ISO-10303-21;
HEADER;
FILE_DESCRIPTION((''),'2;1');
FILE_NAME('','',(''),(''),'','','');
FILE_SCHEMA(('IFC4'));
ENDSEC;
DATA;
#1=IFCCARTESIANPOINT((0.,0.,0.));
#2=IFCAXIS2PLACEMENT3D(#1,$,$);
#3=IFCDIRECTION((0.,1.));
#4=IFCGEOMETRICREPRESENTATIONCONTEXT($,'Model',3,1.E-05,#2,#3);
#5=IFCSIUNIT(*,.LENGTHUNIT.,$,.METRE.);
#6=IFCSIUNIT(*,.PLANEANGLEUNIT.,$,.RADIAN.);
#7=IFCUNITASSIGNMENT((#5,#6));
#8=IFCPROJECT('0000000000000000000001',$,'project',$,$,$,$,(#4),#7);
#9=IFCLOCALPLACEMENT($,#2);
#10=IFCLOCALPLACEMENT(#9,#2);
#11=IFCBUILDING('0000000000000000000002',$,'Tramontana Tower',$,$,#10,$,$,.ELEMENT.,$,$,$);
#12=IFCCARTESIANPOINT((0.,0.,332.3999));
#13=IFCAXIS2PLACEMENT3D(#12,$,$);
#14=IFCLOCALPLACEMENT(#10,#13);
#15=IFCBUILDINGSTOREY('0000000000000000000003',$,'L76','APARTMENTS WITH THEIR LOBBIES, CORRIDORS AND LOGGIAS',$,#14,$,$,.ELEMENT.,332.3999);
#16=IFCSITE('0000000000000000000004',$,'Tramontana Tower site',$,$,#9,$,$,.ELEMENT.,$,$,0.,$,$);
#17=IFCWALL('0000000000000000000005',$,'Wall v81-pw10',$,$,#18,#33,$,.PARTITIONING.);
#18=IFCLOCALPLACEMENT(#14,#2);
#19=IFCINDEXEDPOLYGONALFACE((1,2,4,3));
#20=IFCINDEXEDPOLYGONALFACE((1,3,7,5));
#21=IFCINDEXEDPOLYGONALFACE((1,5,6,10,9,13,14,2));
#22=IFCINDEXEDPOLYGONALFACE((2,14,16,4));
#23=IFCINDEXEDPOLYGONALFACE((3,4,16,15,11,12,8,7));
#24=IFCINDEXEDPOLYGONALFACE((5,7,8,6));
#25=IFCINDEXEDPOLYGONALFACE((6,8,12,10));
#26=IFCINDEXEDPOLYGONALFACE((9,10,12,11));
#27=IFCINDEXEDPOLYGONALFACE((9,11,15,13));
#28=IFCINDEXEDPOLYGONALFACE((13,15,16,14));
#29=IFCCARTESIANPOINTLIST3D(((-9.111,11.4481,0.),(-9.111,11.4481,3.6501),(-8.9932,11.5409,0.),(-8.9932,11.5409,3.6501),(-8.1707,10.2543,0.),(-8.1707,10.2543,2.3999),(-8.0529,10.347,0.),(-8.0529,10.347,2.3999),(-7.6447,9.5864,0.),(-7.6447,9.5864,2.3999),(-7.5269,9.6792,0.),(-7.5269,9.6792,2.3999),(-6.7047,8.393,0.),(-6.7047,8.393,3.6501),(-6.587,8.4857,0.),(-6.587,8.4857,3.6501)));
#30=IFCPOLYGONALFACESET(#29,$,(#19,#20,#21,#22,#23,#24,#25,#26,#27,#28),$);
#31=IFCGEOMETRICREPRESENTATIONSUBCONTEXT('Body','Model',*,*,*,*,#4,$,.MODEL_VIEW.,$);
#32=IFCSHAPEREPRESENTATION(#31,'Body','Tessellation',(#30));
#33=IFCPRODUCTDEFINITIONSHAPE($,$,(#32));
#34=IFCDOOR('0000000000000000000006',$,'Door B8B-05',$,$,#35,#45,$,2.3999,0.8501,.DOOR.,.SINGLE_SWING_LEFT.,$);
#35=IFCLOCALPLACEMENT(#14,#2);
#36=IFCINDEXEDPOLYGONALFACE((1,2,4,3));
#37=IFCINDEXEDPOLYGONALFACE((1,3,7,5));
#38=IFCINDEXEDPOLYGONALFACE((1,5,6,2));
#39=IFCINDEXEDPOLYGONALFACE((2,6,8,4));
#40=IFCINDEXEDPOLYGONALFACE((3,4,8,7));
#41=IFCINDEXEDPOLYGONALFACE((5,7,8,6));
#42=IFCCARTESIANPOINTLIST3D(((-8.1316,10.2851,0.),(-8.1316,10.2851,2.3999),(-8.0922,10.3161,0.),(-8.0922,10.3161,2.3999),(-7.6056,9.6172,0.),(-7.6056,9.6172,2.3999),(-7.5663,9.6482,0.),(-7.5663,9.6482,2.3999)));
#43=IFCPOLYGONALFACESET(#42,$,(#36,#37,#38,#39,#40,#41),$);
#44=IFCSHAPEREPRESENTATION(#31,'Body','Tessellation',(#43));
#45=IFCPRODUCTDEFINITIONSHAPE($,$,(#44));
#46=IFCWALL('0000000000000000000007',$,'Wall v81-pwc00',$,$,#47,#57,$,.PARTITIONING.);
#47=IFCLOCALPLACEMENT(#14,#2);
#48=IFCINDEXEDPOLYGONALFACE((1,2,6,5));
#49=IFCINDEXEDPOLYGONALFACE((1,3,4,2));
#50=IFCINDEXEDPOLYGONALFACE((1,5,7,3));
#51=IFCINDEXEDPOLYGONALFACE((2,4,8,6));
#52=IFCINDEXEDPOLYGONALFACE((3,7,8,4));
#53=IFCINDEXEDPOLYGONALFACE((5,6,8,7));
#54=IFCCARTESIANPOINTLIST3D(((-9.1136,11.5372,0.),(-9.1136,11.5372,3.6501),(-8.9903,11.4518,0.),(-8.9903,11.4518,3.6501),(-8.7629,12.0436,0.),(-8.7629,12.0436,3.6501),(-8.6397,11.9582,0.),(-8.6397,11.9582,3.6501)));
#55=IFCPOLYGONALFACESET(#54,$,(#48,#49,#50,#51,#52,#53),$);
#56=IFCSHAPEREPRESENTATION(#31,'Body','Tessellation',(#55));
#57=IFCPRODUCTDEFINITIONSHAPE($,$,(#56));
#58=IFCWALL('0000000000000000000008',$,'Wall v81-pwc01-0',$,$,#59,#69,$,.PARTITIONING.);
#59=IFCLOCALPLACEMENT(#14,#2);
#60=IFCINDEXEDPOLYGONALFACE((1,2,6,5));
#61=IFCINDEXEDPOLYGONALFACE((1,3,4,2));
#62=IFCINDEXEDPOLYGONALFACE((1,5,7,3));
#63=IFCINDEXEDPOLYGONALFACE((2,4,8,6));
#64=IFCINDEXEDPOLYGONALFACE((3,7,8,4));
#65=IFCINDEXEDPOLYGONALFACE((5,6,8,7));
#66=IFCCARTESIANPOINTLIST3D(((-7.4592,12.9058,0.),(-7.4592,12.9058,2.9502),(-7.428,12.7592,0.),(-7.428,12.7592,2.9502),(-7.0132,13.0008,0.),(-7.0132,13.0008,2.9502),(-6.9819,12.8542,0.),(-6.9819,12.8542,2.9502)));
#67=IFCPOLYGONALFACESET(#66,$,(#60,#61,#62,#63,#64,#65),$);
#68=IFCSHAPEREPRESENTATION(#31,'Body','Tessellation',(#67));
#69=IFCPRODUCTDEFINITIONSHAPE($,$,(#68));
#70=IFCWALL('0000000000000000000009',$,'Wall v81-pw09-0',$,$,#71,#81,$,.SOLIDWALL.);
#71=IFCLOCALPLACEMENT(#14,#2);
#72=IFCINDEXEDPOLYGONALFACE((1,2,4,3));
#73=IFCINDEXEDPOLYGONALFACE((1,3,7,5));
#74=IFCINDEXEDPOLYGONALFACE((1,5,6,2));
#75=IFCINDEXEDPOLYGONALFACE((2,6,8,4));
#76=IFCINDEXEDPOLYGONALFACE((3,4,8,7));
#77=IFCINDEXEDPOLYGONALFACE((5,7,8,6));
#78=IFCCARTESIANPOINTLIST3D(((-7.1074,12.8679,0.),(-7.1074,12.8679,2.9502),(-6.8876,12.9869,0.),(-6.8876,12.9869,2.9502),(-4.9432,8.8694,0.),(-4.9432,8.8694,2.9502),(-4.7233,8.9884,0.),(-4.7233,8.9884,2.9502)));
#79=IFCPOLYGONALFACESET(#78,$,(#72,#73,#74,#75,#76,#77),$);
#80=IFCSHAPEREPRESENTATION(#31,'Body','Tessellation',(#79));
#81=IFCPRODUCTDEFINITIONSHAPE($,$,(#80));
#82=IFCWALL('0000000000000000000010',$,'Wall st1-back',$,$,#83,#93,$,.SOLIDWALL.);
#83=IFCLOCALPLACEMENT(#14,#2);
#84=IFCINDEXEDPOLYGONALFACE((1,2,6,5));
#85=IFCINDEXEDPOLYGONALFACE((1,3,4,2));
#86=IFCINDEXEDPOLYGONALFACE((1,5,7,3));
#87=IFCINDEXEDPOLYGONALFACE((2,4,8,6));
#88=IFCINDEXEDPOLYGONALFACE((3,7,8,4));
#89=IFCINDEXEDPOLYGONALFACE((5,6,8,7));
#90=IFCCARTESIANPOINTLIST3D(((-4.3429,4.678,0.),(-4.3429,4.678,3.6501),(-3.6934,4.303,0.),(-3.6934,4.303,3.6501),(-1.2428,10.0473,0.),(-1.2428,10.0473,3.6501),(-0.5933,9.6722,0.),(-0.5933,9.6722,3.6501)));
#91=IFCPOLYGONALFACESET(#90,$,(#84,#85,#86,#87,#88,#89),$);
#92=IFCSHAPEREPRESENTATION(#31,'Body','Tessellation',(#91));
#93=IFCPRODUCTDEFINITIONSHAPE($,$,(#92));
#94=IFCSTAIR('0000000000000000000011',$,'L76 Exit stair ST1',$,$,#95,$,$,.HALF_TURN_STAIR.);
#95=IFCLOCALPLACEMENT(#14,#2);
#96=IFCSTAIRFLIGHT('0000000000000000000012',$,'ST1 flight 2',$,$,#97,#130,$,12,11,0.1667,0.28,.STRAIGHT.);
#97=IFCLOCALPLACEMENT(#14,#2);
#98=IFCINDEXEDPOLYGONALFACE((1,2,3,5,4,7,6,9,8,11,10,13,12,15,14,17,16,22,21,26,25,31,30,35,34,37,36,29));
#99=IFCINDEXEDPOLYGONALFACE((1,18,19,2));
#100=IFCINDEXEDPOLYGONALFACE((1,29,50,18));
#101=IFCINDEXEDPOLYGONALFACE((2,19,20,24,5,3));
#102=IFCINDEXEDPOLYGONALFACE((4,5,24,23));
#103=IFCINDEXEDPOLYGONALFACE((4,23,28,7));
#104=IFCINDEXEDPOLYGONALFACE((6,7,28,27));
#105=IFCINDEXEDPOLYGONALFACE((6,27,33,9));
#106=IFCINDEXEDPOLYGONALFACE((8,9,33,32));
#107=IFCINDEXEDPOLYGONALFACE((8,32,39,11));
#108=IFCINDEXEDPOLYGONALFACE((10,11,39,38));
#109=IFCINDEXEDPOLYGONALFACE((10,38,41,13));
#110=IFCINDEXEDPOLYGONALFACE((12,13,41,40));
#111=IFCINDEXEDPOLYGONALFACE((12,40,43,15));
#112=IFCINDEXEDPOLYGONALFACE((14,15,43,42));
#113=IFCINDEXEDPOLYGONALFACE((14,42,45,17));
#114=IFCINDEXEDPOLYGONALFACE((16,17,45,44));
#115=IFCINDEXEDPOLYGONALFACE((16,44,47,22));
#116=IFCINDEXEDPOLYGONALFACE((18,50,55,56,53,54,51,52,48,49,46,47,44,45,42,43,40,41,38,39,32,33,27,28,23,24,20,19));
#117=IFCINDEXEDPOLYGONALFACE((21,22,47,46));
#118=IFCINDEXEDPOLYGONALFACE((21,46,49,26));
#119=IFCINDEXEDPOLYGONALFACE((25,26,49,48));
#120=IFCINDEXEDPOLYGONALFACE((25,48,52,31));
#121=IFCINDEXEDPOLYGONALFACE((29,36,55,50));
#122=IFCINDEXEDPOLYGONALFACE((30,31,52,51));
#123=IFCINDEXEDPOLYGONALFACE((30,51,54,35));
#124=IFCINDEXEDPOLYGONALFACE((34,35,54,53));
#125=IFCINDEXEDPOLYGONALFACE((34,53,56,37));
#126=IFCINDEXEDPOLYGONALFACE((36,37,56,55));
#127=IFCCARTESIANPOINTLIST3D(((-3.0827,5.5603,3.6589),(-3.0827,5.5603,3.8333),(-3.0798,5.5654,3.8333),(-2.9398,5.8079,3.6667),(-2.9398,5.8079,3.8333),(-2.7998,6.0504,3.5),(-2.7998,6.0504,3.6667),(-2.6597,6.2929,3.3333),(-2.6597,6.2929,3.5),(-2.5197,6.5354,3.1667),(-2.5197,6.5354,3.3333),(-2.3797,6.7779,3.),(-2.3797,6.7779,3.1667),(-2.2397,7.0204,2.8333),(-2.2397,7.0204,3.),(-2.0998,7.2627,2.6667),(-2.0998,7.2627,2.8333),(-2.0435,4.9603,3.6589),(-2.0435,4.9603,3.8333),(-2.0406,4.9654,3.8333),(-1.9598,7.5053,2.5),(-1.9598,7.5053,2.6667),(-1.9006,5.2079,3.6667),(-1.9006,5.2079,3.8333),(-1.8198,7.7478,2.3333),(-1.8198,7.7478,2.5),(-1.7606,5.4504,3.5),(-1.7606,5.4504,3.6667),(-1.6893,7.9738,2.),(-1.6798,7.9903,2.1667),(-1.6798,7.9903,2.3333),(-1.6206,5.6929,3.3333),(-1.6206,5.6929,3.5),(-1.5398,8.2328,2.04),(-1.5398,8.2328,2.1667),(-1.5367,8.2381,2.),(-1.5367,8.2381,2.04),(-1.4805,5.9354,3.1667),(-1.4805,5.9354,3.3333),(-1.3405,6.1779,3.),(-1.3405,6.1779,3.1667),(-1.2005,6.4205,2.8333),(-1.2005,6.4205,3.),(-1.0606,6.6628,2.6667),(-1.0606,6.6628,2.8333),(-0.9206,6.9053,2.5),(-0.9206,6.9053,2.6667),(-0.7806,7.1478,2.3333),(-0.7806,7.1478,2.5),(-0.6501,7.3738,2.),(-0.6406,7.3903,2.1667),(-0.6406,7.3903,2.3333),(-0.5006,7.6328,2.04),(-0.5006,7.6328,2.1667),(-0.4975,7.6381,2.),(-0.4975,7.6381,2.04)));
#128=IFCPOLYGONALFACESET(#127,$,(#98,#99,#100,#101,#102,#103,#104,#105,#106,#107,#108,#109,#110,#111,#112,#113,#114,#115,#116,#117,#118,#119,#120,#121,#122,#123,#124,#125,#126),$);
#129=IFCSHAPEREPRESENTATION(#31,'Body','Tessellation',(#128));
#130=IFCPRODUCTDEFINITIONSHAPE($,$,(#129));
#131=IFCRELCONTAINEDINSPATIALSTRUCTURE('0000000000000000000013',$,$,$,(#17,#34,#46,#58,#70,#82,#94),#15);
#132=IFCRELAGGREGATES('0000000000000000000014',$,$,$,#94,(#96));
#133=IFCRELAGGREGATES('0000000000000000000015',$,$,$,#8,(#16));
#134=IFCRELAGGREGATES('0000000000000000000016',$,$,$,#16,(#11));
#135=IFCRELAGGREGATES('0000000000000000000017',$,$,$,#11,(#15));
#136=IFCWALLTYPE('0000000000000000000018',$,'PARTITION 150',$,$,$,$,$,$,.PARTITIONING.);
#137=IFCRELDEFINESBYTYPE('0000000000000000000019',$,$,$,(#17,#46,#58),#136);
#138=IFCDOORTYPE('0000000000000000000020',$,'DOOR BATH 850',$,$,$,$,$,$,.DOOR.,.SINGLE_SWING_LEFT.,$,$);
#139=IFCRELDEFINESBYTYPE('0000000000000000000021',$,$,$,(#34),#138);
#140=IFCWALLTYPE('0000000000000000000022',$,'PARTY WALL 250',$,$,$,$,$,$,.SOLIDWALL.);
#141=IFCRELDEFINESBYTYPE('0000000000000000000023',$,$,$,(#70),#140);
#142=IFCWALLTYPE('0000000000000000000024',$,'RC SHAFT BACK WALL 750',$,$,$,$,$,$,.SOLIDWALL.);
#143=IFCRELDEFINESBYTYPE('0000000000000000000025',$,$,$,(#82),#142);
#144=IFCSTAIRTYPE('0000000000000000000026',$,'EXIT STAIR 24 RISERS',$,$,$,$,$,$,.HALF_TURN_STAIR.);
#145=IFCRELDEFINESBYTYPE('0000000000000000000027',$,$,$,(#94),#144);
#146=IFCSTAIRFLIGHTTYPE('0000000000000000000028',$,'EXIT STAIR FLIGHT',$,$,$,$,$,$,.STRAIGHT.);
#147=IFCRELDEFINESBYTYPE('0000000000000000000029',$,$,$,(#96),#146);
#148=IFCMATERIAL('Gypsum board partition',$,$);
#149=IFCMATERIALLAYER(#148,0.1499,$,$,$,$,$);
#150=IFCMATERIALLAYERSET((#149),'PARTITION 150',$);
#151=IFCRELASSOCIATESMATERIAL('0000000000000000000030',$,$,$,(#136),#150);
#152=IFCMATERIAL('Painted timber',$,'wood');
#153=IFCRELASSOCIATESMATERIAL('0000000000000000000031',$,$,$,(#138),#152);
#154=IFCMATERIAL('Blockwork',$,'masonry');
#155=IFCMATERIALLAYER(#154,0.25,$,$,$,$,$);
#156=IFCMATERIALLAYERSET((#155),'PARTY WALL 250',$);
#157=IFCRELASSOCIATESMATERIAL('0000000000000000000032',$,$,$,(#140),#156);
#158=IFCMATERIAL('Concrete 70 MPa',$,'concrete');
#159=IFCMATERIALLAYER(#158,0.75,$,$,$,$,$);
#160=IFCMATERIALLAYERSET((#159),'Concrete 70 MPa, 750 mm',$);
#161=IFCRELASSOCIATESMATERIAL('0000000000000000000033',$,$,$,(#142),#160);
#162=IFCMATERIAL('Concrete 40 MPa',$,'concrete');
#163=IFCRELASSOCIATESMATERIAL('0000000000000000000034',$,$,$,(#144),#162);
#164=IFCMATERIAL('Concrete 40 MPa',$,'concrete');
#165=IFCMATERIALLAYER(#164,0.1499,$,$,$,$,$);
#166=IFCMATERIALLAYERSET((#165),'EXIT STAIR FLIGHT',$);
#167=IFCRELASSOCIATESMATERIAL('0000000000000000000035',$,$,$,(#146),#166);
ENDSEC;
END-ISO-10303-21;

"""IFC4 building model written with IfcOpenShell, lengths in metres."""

from ifc_helpers import new_model, si_unit, direction, frame, frame_2d, origin, place, context, subcontext, project, spatial, polyline, rectangle, outline, extrude, material, layer, layer_set, type_object, element, fill, aggregate, save


model = new_model("IFC4")

# Units and contexts
model_context = context("Model", 3, precision=1e-05, world=origin(), true_north=direction((0.0, 1.0)))
body_context = subcontext(model_context, "Body", "Model", "MODEL_VIEW")
ifc_project = project(units=[si_unit("LENGTHUNIT", "METRE"), si_unit("PLANEANGLEUNIT", "RADIAN")], contexts=[model_context])

# Site, building, storey
site_placement = place(None, origin())
site = spatial("IfcSite", under=ifc_project, at=site_placement, Name="Tramontana Tower site", CompositionType="ELEMENT", RefElevation=0.0)
building_placement = place(site_placement, origin())
building = spatial("IfcBuilding", under=site, at=building_placement, Name="Tramontana Tower", CompositionType="ELEMENT")
storey_placement = place(building_placement, frame((0.0, 0.0, 332.3999)))
storey = spatial("IfcBuildingStorey", under=building, at=storey_placement, Name="L76", Description="APARTMENTS WITH THEIR LOBBIES, CORRIDORS AND LOGGIAS", CompositionType="ELEMENT", Elevation=332.3999)

# Shared definitions
ifc_material_1 = material(Name="Gypsum board partition")
ifc_layer_1 = layer(ifc_material_1, 0.1499)
ifc_layer_set_1 = layer_set([ifc_layer_1], Name="PARTITION 150")
wall_type_1 = type_object("IfcWallType", Name="PARTITION 150", PredefinedType="PARTITIONING", material=ifc_layer_set_1)

# Wall, opening, door
wall_1_placement = place(storey_placement, frame((-9.052, 11.4944, 0.0), z_axis=(0.0, 0.0, 1.0), x_axis=(0.618736, -0.785599, 0.0)))
wall_1 = element("IfcWall", 1, at=wall_1_placement, inside=storey, type_object=wall_type_1, Name="Wall v81-pw10", PredefinedType="PARTITIONING", context=body_context, shape_type="SweptSolid", body=[
    extrude(rectangle(XDim=3.8889, YDim=0.1499, at=frame_2d((1.9443, 0.0))), origin(), (0.0, 0.0, 1.0), 3.6501),
])
opening_1_placement = place(wall_1_placement, frame((1.5195, 0.0, 0.0)))
opening_1 = element("IfcOpeningElement", 2, at=opening_1_placement, cuts=wall_1, PredefinedType="OPENING", context=body_context, shape_type="SweptSolid", body=[
    extrude(rectangle(XDim=0.8501, YDim=2.3999, at=frame_2d((0.425, 1.2))), frame((0.0, 0.085, 0.0), z_axis=(0.0, -1.0, 0.0), x_axis=(1.0, 0.0, 0.0)), (0.0, 0.0, 1.0), 0.1699),
])
ifc_material_2 = material(Name="Painted timber", Category="wood")
door_type_1 = type_object("IfcDoorType", Name="DOOR BATH 850", OperationType="SINGLE_SWING_LEFT", PredefinedType="DOOR", material=ifc_material_2)
door_1_placement = place(opening_1_placement, origin())
door_1 = element("IfcDoor", 3, at=door_1_placement, inside=storey, type_object=door_type_1, Name="Door B8B-05", OperationType="SINGLE_SWING_LEFT", OverallHeight=2.3999, OverallWidth=0.8501, PredefinedType="DOOR", context=body_context, shape_type="SweptSolid", body=[
    extrude(rectangle(XDim=0.8501, YDim=2.3999, at=frame_2d((0.425, 1.2))), frame((0.0, 0.0249, 0.0), z_axis=(0.0, -1.0, 0.0), x_axis=(1.0, 0.0, 0.0)), (0.0, 0.0, 1.0), 0.05),
])
fill(opening_1, door_1)

# Walls
wall_2_placement = place(storey_placement, frame((-9.052, 11.4944, 0.0), z_axis=(0.0, 0.0, 1.0), x_axis=(0.569251, 0.822164, 0.0)))
element("IfcWall", 4, at=wall_2_placement, inside=storey, type_object=wall_type_1, Name="Wall v81-pwc00", PredefinedType="PARTITIONING", context=body_context, shape_type="SweptSolid", body=[
    extrude(rectangle(XDim=0.616, YDim=0.1499, at=frame_2d((0.3081, 0.0))), origin(), (0.0, 0.0, 1.0), 3.6501),
])
wall_3_placement = place(storey_placement, frame((-7.4436, 12.8325, 0.0), z_axis=(0.0, 0.0, 1.0), x_axis=(0.978076, 0.208249, 0.0)))
element("IfcWall", 5, at=wall_3_placement, inside=storey, type_object=wall_type_1, Name="Wall v81-pwc01-0", PredefinedType="PARTITIONING", context=body_context, shape_type="SweptSolid", body=[
    extrude(rectangle(XDim=0.4561, YDim=0.1499, at=frame_2d((0.228, 0.0))), origin(), (0.0, 0.0, 1.0), 2.9502),
])
ifc_material_3 = material(Name="Blockwork", Category="masonry")
ifc_layer_2 = layer(ifc_material_3, 0.25)
ifc_layer_set_2 = layer_set([ifc_layer_2], Name="PARTY WALL 250")
wall_type_2 = type_object("IfcWallType", Name="PARTY WALL 250", PredefinedType="SOLIDWALL", material=ifc_layer_set_2)
wall_4_placement = place(storey_placement, frame((-6.9976, 12.9275, 0.0), z_axis=(0.0, 0.0, 1.0), x_axis=(0.476017, -0.879436, 0.0)))
element("IfcWall", 6, at=wall_4_placement, inside=storey, type_object=wall_type_2, Name="Wall v81-pw09-0", PredefinedType="SOLIDWALL", context=body_context, shape_type="SweptSolid", body=[
    extrude(rectangle(XDim=4.5466, YDim=0.25, at=frame_2d((2.2734, 0.0))), origin(), (0.0, 0.0, 1.0), 2.9502),
])
ifc_material_4 = material(Name="Concrete 70 MPa", Category="concrete")
ifc_layer_3 = layer(ifc_material_4, 0.75)
ifc_layer_set_3 = layer_set([ifc_layer_3], Name="Concrete 70 MPa, 750 mm")
wall_type_3 = type_object("IfcWallType", Name="RC SHAFT BACK WALL 750", PredefinedType="SOLIDWALL", material=ifc_layer_set_3)
wall_5_placement = place(storey_placement, frame((-0.918, 9.8599, 0.0), z_axis=(0.0, 0.0, 1.0), x_axis=(-0.500027, -0.86601, 0.0)))
element("IfcWall", 7, at=wall_5_placement, inside=storey, type_object=wall_type_3, Name="Wall st1-back", PredefinedType="SOLIDWALL", context=body_context, shape_type="SweptSolid", body=[
    extrude(rectangle(XDim=6.2, YDim=0.75, at=frame_2d((3.1001, 0.0))), origin(), (0.0, 0.0, 1.0), 3.6501),
])

# Stair, stair flight
ifc_material_5 = material(Name="Concrete 40 MPa", Category="concrete")
stair_type = type_object("IfcStairType", Name="EXIT STAIR 24 RISERS", PredefinedType="HALF_TURN_STAIR", material=ifc_material_5)
stair_placement = place(storey_placement, origin())
stair = element("IfcStair", 8, at=stair_placement, inside=storey, type_object=stair_type, Name="L76 Exit stair ST1", PredefinedType="HALF_TURN_STAIR")
ifc_material_6 = material(Name="Concrete 40 MPa", Category="concrete")
ifc_layer_4 = layer(ifc_material_6, 0.1499)
ifc_layer_set_4 = layer_set([ifc_layer_4], Name="EXIT STAIR FLIGHT")
stair_flight_type = type_object("IfcStairFlightType", Name="EXIT STAIR FLIGHT", PredefinedType="STRAIGHT", material=ifc_layer_set_4)
stair_flight_placement = place(storey_placement, frame((-1.0203, 7.9329, 2.0), z_axis=(0.0, 0.0, 1.0), x_axis=(-0.5, -0.866025, 0.0)))
stair_flight = element("IfcStairFlight", 9, at=stair_flight_placement, type_object=stair_flight_type, Name="ST1 flight 2", NumberOfRisers=12, NumberOfTreads=11, PredefinedType="STRAIGHT", RiserHeight=0.1667, TreadLength=0.28, context=body_context, shape_type="SweptSolid", body=[
    extrude(outline(polyline([(-0.0061, 0.0), (-0.0061, 0.04), (0.0, 0.04), (0.0, 0.1667), (0.28, 0.1667), (0.28, 0.3333), (0.5601, 0.3333), (0.5601, 0.5), (0.8401, 0.5), (0.8401, 0.6667), (1.1201, 0.6667), (1.1201, 0.8333), (1.3999, 0.8333), (1.3999, 1.0), (1.6799, 1.0), (1.6799, 1.1667), (1.96, 1.1667), (1.96, 1.3333), (2.24, 1.3333), (2.24, 1.5), (2.52, 1.5), (2.52, 1.6667), (2.8, 1.6667), (2.8, 1.8333), (3.0801, 1.8333), (3.0859, 1.8333), (3.0859, 1.6589), (0.2991, 0.0), (-0.0061, 0.0)])), frame((0.0, 0.6001, 0.0), z_axis=(0.0, -1.0, 0.0), x_axis=(1.0, 0.0, 0.0)), (0.0, 0.0, 1.0), 1.2),
])
aggregate(stair, [stair_flight])

save(model, "model.ifc")
